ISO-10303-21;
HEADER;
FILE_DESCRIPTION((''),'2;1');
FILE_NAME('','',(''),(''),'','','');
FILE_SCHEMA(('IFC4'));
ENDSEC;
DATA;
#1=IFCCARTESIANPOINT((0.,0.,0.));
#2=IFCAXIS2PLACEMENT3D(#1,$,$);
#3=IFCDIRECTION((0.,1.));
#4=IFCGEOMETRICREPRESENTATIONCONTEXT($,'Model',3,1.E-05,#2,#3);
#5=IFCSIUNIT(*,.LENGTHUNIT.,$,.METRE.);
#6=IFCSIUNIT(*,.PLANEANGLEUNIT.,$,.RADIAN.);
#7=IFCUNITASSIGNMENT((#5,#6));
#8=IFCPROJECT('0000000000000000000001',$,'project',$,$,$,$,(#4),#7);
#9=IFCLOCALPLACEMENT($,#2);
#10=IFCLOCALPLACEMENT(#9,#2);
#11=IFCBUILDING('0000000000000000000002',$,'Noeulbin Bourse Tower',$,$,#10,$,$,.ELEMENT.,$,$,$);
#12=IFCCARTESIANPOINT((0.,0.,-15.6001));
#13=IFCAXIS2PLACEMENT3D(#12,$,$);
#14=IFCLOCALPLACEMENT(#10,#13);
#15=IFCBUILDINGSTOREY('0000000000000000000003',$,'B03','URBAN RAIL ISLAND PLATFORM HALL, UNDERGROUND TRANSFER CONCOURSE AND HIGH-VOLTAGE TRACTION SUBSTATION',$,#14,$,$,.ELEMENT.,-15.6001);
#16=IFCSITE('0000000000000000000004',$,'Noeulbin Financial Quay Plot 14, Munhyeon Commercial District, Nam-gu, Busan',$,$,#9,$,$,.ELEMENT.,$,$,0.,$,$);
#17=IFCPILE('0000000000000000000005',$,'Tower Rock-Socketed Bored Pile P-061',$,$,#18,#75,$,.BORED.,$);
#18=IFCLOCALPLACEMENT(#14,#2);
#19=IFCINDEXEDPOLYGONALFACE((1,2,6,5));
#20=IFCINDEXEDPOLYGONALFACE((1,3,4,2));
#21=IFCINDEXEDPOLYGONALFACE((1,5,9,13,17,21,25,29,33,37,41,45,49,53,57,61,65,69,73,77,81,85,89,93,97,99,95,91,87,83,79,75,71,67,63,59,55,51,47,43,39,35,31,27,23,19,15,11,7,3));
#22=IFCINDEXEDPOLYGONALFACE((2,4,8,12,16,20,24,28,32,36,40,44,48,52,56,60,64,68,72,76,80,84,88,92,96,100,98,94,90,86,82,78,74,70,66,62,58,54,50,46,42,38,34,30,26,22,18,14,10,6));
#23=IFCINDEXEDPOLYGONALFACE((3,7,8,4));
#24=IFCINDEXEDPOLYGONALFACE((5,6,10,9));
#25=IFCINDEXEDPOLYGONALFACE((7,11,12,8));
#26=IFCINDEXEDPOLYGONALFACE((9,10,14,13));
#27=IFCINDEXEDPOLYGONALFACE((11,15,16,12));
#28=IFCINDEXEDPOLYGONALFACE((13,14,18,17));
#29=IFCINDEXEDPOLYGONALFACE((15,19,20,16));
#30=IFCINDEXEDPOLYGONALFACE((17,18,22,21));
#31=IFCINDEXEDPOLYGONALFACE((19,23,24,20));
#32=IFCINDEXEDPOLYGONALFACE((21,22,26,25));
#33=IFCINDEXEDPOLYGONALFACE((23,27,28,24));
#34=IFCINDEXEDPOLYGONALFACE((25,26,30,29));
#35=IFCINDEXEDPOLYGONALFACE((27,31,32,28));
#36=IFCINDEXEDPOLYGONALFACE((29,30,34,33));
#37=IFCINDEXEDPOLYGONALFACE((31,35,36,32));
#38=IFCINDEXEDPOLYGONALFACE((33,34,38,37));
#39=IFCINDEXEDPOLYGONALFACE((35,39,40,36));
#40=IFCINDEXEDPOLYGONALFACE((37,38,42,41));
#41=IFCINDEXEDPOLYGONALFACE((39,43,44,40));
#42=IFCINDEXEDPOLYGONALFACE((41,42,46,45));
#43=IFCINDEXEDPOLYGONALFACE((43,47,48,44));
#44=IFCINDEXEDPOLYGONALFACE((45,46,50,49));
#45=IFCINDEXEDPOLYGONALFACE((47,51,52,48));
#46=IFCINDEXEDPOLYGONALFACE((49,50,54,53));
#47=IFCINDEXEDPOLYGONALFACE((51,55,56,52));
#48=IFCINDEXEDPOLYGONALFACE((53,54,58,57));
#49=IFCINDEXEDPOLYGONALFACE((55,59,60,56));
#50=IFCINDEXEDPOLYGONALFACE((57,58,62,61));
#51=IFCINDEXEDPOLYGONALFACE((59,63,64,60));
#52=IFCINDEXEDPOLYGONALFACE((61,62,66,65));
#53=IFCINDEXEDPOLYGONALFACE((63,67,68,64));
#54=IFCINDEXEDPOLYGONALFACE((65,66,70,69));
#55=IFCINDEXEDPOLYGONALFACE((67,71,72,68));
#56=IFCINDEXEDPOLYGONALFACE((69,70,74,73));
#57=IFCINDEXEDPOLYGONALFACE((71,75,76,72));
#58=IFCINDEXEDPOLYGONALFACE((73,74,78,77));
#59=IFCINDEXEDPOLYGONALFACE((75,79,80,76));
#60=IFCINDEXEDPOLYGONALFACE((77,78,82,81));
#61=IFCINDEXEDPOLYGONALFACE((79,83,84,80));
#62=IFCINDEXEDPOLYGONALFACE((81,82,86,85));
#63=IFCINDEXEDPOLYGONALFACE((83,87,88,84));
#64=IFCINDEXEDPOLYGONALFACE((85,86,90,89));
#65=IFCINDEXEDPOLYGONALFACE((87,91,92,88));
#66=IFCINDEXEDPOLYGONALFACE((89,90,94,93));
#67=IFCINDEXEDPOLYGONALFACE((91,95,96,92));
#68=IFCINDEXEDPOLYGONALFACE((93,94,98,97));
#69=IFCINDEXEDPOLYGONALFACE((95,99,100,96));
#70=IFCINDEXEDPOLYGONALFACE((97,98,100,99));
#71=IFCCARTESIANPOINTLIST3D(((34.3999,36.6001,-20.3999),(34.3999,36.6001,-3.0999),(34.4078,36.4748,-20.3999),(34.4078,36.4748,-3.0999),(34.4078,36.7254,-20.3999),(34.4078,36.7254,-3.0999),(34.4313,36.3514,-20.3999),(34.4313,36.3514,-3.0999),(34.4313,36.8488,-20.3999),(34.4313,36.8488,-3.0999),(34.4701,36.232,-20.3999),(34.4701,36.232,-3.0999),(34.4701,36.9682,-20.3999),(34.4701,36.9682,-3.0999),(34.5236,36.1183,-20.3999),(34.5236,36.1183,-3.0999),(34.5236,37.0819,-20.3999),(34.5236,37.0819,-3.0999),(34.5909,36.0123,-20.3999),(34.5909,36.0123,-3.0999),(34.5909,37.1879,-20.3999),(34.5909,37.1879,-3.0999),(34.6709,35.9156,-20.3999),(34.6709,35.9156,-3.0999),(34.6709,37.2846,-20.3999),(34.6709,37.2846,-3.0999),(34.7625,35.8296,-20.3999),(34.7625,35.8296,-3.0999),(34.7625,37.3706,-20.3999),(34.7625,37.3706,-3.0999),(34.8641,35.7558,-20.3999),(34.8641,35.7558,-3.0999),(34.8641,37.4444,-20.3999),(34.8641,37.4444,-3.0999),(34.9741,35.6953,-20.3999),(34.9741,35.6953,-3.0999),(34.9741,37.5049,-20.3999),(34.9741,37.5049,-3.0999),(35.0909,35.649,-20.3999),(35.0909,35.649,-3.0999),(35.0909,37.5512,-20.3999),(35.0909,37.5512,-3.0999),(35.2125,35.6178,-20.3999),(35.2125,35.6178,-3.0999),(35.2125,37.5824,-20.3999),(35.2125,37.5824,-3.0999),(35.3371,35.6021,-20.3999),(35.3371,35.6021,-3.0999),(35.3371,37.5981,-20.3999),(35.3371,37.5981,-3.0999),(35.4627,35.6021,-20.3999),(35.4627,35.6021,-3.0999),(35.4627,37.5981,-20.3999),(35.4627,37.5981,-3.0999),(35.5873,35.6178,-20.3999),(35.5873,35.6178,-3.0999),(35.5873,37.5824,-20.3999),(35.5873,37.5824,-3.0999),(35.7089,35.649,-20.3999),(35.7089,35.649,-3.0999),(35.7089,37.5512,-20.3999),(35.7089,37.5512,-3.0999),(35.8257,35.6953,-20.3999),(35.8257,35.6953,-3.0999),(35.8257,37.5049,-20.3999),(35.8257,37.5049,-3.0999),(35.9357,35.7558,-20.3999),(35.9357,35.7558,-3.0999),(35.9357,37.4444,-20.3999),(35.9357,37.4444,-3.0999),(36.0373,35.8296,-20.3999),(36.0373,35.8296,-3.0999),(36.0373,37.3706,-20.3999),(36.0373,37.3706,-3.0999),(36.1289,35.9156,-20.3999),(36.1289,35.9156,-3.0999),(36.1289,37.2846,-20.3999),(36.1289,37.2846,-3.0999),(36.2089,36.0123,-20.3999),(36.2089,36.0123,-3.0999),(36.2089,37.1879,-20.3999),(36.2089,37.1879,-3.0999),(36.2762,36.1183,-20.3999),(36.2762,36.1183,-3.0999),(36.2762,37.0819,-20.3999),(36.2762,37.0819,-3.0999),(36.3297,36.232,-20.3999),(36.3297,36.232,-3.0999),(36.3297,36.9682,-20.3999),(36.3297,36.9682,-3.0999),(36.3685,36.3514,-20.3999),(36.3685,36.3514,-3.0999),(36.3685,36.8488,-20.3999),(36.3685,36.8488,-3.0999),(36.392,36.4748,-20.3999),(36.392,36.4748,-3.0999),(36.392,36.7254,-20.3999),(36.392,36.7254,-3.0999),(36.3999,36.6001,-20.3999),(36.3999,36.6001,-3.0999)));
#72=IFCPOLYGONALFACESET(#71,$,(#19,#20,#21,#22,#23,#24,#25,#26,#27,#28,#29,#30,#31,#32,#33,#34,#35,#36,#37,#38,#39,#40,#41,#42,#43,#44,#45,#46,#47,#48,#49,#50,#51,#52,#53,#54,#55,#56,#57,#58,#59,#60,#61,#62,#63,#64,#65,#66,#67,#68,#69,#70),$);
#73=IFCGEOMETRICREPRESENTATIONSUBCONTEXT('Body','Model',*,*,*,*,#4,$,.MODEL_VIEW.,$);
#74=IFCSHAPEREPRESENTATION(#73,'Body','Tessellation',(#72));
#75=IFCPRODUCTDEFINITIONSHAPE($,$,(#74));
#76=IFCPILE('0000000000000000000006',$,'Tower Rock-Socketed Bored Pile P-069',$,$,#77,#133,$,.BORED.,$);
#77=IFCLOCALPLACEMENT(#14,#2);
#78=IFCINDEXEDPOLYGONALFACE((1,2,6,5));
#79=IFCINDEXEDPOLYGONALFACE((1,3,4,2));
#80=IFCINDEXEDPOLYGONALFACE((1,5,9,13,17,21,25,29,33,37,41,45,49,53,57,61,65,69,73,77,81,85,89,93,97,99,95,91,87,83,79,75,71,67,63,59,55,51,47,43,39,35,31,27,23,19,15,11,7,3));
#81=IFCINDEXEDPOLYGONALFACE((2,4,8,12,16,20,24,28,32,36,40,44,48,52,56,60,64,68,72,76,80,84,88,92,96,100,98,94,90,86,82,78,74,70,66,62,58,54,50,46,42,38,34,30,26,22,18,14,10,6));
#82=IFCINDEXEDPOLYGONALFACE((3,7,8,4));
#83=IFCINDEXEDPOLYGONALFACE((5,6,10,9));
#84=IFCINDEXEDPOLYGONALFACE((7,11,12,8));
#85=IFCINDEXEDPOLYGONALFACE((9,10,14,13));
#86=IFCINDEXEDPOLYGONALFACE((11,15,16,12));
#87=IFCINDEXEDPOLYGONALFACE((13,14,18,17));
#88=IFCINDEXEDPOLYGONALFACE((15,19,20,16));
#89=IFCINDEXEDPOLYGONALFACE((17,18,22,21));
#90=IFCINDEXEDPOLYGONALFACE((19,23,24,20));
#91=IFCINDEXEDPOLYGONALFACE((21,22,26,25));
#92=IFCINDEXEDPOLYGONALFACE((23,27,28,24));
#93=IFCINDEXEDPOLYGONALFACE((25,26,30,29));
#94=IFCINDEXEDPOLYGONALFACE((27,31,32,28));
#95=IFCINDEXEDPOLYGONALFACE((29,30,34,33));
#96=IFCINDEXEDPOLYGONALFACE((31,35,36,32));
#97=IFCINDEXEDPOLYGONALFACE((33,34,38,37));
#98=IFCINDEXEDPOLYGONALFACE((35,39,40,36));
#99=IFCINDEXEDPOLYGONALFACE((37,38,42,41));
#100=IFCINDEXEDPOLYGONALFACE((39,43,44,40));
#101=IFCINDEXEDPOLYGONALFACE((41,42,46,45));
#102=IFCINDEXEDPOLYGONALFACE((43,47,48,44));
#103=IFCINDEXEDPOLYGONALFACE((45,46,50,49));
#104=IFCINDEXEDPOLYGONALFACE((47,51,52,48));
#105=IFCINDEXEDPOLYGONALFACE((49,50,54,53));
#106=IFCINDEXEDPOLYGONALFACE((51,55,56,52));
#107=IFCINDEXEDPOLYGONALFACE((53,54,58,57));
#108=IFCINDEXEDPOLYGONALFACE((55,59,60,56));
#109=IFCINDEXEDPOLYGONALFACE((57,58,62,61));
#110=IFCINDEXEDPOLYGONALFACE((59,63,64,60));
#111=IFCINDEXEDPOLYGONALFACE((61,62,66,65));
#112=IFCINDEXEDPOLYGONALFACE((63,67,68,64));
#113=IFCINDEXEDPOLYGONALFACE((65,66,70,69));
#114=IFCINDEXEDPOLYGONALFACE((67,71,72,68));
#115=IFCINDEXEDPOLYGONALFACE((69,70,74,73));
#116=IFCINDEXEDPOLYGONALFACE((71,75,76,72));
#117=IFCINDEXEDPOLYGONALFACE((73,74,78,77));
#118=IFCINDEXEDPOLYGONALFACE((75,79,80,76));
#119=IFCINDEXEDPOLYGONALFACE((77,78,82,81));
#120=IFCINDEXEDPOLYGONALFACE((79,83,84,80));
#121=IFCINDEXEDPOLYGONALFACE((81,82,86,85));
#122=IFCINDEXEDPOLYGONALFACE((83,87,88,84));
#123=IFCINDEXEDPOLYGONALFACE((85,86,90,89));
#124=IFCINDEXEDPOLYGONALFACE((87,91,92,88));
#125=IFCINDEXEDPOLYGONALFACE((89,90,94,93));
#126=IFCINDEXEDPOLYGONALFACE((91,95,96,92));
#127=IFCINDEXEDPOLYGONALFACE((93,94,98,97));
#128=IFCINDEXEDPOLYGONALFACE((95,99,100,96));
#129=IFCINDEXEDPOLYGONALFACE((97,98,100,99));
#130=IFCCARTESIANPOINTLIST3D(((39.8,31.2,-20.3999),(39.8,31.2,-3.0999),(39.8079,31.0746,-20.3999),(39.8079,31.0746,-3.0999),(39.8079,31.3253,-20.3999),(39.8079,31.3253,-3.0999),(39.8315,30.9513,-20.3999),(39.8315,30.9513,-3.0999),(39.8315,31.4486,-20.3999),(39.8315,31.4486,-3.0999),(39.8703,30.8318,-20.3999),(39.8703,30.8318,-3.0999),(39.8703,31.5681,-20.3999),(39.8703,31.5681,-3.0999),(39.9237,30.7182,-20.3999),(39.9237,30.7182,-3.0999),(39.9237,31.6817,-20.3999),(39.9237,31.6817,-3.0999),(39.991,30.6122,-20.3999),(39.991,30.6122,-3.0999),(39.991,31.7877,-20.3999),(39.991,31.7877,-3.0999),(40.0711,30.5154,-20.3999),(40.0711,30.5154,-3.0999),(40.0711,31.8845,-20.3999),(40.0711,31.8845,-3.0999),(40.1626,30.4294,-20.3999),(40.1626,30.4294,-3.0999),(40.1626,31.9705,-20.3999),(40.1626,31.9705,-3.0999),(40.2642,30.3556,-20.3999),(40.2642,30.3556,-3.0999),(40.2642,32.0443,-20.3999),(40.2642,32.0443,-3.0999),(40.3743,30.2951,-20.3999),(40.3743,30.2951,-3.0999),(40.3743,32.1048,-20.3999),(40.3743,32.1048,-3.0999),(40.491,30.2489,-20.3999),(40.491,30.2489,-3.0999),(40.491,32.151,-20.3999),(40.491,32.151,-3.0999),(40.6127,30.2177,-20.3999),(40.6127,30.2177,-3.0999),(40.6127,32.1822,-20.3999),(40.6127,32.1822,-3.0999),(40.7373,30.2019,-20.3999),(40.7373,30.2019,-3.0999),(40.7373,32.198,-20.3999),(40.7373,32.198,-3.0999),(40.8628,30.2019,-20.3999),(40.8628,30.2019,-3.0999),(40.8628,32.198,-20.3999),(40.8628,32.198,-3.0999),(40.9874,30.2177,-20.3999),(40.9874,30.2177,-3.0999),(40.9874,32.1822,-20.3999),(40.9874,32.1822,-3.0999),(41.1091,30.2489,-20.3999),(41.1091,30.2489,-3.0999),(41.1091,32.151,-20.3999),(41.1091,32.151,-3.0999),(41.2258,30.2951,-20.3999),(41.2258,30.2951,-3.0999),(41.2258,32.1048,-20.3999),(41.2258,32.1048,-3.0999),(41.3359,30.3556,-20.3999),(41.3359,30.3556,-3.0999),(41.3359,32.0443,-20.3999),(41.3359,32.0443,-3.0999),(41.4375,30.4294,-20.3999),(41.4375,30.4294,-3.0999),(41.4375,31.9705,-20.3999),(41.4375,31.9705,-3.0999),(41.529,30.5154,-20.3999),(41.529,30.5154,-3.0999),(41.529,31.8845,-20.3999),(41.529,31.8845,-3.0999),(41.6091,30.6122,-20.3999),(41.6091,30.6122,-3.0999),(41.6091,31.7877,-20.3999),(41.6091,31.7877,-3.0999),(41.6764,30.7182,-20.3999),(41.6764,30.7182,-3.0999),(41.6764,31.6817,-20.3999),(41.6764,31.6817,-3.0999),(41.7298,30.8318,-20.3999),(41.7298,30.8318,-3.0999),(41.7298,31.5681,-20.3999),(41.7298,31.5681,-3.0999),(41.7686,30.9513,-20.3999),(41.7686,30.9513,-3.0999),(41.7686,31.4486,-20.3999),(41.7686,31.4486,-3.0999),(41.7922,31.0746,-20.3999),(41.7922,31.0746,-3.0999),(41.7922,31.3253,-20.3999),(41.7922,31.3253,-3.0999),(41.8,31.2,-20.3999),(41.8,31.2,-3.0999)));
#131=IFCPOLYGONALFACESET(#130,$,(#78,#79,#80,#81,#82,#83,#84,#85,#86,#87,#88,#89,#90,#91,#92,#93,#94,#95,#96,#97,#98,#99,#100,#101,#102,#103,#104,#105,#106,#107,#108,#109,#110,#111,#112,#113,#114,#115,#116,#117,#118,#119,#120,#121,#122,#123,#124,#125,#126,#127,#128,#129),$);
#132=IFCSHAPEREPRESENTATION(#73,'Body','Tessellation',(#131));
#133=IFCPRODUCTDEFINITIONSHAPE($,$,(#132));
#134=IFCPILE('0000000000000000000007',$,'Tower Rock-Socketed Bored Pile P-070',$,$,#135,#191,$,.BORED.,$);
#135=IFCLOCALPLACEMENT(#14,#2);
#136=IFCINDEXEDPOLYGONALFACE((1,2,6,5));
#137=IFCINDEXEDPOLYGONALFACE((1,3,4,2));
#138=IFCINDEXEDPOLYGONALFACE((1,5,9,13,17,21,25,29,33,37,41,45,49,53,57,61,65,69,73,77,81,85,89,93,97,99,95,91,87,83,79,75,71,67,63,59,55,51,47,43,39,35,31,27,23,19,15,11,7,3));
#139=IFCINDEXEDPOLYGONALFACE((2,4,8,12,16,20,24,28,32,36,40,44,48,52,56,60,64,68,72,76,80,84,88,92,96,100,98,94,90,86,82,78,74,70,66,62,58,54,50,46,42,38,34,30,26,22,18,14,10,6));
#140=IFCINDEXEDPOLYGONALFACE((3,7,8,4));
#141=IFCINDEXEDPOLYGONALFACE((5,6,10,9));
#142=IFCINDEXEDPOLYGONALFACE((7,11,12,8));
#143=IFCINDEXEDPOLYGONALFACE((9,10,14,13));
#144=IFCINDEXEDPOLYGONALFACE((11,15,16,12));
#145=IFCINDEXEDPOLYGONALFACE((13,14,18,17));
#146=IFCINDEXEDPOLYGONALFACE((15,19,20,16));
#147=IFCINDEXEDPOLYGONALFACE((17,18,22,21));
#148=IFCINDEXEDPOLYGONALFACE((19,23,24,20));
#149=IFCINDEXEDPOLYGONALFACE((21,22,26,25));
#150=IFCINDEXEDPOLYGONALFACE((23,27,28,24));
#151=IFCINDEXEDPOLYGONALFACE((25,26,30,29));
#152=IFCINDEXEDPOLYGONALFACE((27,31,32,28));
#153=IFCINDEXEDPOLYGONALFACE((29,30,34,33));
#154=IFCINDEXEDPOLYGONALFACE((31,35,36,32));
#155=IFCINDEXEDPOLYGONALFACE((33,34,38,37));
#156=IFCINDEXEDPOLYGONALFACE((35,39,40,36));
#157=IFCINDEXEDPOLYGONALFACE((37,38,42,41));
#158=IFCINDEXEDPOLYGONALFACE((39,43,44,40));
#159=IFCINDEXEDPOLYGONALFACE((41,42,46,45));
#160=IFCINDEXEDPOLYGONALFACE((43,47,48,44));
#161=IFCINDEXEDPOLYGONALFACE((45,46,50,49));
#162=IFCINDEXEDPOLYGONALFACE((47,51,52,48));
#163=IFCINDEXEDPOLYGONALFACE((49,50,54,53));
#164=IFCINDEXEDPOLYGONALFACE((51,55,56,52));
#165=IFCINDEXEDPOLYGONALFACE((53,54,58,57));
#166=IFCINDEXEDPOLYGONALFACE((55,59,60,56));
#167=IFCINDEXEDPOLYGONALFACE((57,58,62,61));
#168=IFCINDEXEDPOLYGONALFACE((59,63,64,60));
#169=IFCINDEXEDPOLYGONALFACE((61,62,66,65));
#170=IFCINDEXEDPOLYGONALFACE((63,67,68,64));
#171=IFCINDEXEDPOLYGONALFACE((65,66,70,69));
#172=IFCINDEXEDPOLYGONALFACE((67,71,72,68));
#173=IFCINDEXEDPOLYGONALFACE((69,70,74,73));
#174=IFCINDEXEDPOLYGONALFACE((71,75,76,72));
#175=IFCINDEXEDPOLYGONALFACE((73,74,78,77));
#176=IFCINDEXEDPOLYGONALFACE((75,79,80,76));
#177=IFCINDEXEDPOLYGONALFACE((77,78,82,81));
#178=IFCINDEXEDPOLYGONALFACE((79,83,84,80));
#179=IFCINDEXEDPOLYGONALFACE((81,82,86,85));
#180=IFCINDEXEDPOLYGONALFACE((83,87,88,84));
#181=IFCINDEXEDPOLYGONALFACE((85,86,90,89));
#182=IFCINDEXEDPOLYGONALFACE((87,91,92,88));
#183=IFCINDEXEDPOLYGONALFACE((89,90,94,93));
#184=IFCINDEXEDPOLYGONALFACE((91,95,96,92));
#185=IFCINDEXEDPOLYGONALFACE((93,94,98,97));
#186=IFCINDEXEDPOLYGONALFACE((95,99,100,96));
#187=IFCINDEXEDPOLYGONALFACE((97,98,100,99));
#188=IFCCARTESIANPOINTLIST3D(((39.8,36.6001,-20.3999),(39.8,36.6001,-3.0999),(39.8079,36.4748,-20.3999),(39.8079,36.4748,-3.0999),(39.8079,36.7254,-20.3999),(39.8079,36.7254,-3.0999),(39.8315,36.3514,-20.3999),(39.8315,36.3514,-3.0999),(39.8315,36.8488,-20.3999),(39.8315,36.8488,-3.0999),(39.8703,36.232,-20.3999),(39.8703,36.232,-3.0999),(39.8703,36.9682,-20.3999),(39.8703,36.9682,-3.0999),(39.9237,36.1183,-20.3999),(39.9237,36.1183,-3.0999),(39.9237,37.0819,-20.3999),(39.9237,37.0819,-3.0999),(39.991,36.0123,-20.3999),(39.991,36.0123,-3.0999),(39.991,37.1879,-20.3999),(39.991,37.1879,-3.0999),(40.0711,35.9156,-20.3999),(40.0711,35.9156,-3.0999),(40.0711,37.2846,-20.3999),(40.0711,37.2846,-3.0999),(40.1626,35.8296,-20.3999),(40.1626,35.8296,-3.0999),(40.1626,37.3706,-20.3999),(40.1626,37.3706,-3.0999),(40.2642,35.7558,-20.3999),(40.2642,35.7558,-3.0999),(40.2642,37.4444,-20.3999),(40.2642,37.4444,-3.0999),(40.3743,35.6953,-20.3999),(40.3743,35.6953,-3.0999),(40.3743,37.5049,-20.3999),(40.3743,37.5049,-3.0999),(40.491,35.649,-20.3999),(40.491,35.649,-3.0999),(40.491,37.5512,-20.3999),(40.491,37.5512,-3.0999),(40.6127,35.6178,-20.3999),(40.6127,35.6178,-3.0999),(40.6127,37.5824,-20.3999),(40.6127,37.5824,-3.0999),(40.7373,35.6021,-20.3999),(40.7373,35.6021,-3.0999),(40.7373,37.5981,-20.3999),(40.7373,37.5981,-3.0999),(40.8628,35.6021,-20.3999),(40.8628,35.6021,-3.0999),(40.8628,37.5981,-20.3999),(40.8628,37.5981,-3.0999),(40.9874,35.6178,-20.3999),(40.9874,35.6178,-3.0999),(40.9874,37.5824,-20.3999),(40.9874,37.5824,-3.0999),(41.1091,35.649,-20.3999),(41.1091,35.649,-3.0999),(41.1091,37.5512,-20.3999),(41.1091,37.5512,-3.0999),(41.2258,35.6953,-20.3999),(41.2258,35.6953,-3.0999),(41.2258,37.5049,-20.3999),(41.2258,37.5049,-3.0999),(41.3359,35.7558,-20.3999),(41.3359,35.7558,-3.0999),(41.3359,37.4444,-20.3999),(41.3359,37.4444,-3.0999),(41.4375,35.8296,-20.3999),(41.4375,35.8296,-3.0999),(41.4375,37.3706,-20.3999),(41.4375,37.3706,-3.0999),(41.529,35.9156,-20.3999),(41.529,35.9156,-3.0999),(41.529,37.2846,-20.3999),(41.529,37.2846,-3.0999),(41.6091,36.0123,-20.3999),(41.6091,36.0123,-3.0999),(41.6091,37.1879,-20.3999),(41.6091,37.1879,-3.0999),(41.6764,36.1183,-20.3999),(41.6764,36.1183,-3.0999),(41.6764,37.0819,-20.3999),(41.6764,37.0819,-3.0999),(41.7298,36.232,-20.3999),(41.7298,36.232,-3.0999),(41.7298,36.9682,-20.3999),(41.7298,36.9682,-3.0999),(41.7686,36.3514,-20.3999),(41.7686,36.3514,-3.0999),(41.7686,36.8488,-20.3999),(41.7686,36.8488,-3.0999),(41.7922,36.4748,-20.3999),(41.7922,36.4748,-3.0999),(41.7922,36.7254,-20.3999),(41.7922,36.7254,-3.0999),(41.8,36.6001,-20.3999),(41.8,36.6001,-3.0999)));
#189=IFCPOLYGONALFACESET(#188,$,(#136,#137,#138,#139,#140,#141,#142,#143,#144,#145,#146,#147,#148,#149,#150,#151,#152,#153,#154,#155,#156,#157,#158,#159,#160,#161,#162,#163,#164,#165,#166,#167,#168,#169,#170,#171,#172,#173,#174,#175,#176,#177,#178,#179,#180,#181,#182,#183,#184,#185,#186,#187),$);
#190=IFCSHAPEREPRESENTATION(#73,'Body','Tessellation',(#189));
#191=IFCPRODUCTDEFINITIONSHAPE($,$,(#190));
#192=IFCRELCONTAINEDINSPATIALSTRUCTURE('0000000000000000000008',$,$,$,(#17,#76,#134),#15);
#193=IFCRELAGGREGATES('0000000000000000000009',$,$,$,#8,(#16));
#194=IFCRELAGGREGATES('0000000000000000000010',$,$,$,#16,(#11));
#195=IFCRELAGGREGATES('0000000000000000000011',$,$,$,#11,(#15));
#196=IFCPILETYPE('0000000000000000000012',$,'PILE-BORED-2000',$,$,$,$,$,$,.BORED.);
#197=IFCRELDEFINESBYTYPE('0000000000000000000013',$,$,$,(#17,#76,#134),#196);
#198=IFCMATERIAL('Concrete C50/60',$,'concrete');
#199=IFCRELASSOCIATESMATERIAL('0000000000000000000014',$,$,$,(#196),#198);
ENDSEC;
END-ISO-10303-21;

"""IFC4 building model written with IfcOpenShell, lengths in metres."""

from ifc_helpers import new_model, si_unit, direction, frame, origin, origin_2d, place, context, subcontext, project, spatial, circle, extrude, material, material_profile, profile_set, type_object, element, save


model = new_model("IFC4")

# Units and contexts
model_context = context("Model", 3, precision=1e-05, world=origin(), true_north=direction((0.0, 1.0)))
body_context = subcontext(model_context, "Body", "Model", "MODEL_VIEW")
ifc_project = project(units=[si_unit("LENGTHUNIT", "METRE"), si_unit("PLANEANGLEUNIT", "RADIAN")], contexts=[model_context])

# Site, building, storey
site_placement = place(None, origin())
site = spatial("IfcSite", under=ifc_project, at=site_placement, Name="Noeulbin Financial Quay Plot 14, Munhyeon Commercial District, Nam-gu, Busan", CompositionType="ELEMENT", RefElevation=0.0)
building_placement = place(site_placement, origin())
building = spatial("IfcBuilding", under=site, at=building_placement, Name="Noeulbin Bourse Tower", CompositionType="ELEMENT")
storey_placement = place(building_placement, frame((0.0, 0.0, -15.6001)))
storey = spatial("IfcBuildingStorey", under=building, at=storey_placement, Name="B03", Description="URBAN RAIL ISLAND PLATFORM HALL, UNDERGROUND TRANSFER CONCOURSE AND HIGH-VOLTAGE TRACTION SUBSTATION", CompositionType="ELEMENT", Elevation=-15.6001)

# Piles
ifc_material_1 = material(Name="Concrete C50/60", Category="concrete")
ifc_material_profile_1 = material_profile(ifc_material_1, circle(Radius=1.0, at=origin_2d()), Name="PILE-D2000", Category="LoadBearing")
ifc_profile_set_1 = profile_set([ifc_material_profile_1], Name="Concrete C50/60")
pile_type_1 = type_object("IfcPileType", Name="PILE-BORED-2000", PredefinedType="BORED", material=ifc_profile_set_1)
for number, where, z_axis, x_axis, name in (
    (1, (35.3999, 36.6001, -3.0999), (0.0, 0.0, -1.0), (1.0, 0.0, 0.0), "Tower Rock-Socketed Bored Pile P-061"),
    (2, (40.8, 31.2, -3.0999), (0.0, 0.0, -1.0), (1.0, 0.0, 0.0), "Tower Rock-Socketed Bored Pile P-069"),
    (3, (40.8, 36.6001, -3.0999), (0.0, 0.0, -1.0), (1.0, 0.0, 0.0), "Tower Rock-Socketed Bored Pile P-070"),
):
    element("IfcPile", number, at=place(storey_placement, frame(where, z_axis=z_axis, x_axis=x_axis)), inside=storey, type_object=pile_type_1, Name=name, PredefinedType="BORED", context=body_context, shape_type="SweptSolid", body=[
        extrude(circle(Radius=1.0, at=origin_2d()), origin(), (0.0, 0.0, 1.0), 17.3),
    ])

save(model, "model.ifc")
